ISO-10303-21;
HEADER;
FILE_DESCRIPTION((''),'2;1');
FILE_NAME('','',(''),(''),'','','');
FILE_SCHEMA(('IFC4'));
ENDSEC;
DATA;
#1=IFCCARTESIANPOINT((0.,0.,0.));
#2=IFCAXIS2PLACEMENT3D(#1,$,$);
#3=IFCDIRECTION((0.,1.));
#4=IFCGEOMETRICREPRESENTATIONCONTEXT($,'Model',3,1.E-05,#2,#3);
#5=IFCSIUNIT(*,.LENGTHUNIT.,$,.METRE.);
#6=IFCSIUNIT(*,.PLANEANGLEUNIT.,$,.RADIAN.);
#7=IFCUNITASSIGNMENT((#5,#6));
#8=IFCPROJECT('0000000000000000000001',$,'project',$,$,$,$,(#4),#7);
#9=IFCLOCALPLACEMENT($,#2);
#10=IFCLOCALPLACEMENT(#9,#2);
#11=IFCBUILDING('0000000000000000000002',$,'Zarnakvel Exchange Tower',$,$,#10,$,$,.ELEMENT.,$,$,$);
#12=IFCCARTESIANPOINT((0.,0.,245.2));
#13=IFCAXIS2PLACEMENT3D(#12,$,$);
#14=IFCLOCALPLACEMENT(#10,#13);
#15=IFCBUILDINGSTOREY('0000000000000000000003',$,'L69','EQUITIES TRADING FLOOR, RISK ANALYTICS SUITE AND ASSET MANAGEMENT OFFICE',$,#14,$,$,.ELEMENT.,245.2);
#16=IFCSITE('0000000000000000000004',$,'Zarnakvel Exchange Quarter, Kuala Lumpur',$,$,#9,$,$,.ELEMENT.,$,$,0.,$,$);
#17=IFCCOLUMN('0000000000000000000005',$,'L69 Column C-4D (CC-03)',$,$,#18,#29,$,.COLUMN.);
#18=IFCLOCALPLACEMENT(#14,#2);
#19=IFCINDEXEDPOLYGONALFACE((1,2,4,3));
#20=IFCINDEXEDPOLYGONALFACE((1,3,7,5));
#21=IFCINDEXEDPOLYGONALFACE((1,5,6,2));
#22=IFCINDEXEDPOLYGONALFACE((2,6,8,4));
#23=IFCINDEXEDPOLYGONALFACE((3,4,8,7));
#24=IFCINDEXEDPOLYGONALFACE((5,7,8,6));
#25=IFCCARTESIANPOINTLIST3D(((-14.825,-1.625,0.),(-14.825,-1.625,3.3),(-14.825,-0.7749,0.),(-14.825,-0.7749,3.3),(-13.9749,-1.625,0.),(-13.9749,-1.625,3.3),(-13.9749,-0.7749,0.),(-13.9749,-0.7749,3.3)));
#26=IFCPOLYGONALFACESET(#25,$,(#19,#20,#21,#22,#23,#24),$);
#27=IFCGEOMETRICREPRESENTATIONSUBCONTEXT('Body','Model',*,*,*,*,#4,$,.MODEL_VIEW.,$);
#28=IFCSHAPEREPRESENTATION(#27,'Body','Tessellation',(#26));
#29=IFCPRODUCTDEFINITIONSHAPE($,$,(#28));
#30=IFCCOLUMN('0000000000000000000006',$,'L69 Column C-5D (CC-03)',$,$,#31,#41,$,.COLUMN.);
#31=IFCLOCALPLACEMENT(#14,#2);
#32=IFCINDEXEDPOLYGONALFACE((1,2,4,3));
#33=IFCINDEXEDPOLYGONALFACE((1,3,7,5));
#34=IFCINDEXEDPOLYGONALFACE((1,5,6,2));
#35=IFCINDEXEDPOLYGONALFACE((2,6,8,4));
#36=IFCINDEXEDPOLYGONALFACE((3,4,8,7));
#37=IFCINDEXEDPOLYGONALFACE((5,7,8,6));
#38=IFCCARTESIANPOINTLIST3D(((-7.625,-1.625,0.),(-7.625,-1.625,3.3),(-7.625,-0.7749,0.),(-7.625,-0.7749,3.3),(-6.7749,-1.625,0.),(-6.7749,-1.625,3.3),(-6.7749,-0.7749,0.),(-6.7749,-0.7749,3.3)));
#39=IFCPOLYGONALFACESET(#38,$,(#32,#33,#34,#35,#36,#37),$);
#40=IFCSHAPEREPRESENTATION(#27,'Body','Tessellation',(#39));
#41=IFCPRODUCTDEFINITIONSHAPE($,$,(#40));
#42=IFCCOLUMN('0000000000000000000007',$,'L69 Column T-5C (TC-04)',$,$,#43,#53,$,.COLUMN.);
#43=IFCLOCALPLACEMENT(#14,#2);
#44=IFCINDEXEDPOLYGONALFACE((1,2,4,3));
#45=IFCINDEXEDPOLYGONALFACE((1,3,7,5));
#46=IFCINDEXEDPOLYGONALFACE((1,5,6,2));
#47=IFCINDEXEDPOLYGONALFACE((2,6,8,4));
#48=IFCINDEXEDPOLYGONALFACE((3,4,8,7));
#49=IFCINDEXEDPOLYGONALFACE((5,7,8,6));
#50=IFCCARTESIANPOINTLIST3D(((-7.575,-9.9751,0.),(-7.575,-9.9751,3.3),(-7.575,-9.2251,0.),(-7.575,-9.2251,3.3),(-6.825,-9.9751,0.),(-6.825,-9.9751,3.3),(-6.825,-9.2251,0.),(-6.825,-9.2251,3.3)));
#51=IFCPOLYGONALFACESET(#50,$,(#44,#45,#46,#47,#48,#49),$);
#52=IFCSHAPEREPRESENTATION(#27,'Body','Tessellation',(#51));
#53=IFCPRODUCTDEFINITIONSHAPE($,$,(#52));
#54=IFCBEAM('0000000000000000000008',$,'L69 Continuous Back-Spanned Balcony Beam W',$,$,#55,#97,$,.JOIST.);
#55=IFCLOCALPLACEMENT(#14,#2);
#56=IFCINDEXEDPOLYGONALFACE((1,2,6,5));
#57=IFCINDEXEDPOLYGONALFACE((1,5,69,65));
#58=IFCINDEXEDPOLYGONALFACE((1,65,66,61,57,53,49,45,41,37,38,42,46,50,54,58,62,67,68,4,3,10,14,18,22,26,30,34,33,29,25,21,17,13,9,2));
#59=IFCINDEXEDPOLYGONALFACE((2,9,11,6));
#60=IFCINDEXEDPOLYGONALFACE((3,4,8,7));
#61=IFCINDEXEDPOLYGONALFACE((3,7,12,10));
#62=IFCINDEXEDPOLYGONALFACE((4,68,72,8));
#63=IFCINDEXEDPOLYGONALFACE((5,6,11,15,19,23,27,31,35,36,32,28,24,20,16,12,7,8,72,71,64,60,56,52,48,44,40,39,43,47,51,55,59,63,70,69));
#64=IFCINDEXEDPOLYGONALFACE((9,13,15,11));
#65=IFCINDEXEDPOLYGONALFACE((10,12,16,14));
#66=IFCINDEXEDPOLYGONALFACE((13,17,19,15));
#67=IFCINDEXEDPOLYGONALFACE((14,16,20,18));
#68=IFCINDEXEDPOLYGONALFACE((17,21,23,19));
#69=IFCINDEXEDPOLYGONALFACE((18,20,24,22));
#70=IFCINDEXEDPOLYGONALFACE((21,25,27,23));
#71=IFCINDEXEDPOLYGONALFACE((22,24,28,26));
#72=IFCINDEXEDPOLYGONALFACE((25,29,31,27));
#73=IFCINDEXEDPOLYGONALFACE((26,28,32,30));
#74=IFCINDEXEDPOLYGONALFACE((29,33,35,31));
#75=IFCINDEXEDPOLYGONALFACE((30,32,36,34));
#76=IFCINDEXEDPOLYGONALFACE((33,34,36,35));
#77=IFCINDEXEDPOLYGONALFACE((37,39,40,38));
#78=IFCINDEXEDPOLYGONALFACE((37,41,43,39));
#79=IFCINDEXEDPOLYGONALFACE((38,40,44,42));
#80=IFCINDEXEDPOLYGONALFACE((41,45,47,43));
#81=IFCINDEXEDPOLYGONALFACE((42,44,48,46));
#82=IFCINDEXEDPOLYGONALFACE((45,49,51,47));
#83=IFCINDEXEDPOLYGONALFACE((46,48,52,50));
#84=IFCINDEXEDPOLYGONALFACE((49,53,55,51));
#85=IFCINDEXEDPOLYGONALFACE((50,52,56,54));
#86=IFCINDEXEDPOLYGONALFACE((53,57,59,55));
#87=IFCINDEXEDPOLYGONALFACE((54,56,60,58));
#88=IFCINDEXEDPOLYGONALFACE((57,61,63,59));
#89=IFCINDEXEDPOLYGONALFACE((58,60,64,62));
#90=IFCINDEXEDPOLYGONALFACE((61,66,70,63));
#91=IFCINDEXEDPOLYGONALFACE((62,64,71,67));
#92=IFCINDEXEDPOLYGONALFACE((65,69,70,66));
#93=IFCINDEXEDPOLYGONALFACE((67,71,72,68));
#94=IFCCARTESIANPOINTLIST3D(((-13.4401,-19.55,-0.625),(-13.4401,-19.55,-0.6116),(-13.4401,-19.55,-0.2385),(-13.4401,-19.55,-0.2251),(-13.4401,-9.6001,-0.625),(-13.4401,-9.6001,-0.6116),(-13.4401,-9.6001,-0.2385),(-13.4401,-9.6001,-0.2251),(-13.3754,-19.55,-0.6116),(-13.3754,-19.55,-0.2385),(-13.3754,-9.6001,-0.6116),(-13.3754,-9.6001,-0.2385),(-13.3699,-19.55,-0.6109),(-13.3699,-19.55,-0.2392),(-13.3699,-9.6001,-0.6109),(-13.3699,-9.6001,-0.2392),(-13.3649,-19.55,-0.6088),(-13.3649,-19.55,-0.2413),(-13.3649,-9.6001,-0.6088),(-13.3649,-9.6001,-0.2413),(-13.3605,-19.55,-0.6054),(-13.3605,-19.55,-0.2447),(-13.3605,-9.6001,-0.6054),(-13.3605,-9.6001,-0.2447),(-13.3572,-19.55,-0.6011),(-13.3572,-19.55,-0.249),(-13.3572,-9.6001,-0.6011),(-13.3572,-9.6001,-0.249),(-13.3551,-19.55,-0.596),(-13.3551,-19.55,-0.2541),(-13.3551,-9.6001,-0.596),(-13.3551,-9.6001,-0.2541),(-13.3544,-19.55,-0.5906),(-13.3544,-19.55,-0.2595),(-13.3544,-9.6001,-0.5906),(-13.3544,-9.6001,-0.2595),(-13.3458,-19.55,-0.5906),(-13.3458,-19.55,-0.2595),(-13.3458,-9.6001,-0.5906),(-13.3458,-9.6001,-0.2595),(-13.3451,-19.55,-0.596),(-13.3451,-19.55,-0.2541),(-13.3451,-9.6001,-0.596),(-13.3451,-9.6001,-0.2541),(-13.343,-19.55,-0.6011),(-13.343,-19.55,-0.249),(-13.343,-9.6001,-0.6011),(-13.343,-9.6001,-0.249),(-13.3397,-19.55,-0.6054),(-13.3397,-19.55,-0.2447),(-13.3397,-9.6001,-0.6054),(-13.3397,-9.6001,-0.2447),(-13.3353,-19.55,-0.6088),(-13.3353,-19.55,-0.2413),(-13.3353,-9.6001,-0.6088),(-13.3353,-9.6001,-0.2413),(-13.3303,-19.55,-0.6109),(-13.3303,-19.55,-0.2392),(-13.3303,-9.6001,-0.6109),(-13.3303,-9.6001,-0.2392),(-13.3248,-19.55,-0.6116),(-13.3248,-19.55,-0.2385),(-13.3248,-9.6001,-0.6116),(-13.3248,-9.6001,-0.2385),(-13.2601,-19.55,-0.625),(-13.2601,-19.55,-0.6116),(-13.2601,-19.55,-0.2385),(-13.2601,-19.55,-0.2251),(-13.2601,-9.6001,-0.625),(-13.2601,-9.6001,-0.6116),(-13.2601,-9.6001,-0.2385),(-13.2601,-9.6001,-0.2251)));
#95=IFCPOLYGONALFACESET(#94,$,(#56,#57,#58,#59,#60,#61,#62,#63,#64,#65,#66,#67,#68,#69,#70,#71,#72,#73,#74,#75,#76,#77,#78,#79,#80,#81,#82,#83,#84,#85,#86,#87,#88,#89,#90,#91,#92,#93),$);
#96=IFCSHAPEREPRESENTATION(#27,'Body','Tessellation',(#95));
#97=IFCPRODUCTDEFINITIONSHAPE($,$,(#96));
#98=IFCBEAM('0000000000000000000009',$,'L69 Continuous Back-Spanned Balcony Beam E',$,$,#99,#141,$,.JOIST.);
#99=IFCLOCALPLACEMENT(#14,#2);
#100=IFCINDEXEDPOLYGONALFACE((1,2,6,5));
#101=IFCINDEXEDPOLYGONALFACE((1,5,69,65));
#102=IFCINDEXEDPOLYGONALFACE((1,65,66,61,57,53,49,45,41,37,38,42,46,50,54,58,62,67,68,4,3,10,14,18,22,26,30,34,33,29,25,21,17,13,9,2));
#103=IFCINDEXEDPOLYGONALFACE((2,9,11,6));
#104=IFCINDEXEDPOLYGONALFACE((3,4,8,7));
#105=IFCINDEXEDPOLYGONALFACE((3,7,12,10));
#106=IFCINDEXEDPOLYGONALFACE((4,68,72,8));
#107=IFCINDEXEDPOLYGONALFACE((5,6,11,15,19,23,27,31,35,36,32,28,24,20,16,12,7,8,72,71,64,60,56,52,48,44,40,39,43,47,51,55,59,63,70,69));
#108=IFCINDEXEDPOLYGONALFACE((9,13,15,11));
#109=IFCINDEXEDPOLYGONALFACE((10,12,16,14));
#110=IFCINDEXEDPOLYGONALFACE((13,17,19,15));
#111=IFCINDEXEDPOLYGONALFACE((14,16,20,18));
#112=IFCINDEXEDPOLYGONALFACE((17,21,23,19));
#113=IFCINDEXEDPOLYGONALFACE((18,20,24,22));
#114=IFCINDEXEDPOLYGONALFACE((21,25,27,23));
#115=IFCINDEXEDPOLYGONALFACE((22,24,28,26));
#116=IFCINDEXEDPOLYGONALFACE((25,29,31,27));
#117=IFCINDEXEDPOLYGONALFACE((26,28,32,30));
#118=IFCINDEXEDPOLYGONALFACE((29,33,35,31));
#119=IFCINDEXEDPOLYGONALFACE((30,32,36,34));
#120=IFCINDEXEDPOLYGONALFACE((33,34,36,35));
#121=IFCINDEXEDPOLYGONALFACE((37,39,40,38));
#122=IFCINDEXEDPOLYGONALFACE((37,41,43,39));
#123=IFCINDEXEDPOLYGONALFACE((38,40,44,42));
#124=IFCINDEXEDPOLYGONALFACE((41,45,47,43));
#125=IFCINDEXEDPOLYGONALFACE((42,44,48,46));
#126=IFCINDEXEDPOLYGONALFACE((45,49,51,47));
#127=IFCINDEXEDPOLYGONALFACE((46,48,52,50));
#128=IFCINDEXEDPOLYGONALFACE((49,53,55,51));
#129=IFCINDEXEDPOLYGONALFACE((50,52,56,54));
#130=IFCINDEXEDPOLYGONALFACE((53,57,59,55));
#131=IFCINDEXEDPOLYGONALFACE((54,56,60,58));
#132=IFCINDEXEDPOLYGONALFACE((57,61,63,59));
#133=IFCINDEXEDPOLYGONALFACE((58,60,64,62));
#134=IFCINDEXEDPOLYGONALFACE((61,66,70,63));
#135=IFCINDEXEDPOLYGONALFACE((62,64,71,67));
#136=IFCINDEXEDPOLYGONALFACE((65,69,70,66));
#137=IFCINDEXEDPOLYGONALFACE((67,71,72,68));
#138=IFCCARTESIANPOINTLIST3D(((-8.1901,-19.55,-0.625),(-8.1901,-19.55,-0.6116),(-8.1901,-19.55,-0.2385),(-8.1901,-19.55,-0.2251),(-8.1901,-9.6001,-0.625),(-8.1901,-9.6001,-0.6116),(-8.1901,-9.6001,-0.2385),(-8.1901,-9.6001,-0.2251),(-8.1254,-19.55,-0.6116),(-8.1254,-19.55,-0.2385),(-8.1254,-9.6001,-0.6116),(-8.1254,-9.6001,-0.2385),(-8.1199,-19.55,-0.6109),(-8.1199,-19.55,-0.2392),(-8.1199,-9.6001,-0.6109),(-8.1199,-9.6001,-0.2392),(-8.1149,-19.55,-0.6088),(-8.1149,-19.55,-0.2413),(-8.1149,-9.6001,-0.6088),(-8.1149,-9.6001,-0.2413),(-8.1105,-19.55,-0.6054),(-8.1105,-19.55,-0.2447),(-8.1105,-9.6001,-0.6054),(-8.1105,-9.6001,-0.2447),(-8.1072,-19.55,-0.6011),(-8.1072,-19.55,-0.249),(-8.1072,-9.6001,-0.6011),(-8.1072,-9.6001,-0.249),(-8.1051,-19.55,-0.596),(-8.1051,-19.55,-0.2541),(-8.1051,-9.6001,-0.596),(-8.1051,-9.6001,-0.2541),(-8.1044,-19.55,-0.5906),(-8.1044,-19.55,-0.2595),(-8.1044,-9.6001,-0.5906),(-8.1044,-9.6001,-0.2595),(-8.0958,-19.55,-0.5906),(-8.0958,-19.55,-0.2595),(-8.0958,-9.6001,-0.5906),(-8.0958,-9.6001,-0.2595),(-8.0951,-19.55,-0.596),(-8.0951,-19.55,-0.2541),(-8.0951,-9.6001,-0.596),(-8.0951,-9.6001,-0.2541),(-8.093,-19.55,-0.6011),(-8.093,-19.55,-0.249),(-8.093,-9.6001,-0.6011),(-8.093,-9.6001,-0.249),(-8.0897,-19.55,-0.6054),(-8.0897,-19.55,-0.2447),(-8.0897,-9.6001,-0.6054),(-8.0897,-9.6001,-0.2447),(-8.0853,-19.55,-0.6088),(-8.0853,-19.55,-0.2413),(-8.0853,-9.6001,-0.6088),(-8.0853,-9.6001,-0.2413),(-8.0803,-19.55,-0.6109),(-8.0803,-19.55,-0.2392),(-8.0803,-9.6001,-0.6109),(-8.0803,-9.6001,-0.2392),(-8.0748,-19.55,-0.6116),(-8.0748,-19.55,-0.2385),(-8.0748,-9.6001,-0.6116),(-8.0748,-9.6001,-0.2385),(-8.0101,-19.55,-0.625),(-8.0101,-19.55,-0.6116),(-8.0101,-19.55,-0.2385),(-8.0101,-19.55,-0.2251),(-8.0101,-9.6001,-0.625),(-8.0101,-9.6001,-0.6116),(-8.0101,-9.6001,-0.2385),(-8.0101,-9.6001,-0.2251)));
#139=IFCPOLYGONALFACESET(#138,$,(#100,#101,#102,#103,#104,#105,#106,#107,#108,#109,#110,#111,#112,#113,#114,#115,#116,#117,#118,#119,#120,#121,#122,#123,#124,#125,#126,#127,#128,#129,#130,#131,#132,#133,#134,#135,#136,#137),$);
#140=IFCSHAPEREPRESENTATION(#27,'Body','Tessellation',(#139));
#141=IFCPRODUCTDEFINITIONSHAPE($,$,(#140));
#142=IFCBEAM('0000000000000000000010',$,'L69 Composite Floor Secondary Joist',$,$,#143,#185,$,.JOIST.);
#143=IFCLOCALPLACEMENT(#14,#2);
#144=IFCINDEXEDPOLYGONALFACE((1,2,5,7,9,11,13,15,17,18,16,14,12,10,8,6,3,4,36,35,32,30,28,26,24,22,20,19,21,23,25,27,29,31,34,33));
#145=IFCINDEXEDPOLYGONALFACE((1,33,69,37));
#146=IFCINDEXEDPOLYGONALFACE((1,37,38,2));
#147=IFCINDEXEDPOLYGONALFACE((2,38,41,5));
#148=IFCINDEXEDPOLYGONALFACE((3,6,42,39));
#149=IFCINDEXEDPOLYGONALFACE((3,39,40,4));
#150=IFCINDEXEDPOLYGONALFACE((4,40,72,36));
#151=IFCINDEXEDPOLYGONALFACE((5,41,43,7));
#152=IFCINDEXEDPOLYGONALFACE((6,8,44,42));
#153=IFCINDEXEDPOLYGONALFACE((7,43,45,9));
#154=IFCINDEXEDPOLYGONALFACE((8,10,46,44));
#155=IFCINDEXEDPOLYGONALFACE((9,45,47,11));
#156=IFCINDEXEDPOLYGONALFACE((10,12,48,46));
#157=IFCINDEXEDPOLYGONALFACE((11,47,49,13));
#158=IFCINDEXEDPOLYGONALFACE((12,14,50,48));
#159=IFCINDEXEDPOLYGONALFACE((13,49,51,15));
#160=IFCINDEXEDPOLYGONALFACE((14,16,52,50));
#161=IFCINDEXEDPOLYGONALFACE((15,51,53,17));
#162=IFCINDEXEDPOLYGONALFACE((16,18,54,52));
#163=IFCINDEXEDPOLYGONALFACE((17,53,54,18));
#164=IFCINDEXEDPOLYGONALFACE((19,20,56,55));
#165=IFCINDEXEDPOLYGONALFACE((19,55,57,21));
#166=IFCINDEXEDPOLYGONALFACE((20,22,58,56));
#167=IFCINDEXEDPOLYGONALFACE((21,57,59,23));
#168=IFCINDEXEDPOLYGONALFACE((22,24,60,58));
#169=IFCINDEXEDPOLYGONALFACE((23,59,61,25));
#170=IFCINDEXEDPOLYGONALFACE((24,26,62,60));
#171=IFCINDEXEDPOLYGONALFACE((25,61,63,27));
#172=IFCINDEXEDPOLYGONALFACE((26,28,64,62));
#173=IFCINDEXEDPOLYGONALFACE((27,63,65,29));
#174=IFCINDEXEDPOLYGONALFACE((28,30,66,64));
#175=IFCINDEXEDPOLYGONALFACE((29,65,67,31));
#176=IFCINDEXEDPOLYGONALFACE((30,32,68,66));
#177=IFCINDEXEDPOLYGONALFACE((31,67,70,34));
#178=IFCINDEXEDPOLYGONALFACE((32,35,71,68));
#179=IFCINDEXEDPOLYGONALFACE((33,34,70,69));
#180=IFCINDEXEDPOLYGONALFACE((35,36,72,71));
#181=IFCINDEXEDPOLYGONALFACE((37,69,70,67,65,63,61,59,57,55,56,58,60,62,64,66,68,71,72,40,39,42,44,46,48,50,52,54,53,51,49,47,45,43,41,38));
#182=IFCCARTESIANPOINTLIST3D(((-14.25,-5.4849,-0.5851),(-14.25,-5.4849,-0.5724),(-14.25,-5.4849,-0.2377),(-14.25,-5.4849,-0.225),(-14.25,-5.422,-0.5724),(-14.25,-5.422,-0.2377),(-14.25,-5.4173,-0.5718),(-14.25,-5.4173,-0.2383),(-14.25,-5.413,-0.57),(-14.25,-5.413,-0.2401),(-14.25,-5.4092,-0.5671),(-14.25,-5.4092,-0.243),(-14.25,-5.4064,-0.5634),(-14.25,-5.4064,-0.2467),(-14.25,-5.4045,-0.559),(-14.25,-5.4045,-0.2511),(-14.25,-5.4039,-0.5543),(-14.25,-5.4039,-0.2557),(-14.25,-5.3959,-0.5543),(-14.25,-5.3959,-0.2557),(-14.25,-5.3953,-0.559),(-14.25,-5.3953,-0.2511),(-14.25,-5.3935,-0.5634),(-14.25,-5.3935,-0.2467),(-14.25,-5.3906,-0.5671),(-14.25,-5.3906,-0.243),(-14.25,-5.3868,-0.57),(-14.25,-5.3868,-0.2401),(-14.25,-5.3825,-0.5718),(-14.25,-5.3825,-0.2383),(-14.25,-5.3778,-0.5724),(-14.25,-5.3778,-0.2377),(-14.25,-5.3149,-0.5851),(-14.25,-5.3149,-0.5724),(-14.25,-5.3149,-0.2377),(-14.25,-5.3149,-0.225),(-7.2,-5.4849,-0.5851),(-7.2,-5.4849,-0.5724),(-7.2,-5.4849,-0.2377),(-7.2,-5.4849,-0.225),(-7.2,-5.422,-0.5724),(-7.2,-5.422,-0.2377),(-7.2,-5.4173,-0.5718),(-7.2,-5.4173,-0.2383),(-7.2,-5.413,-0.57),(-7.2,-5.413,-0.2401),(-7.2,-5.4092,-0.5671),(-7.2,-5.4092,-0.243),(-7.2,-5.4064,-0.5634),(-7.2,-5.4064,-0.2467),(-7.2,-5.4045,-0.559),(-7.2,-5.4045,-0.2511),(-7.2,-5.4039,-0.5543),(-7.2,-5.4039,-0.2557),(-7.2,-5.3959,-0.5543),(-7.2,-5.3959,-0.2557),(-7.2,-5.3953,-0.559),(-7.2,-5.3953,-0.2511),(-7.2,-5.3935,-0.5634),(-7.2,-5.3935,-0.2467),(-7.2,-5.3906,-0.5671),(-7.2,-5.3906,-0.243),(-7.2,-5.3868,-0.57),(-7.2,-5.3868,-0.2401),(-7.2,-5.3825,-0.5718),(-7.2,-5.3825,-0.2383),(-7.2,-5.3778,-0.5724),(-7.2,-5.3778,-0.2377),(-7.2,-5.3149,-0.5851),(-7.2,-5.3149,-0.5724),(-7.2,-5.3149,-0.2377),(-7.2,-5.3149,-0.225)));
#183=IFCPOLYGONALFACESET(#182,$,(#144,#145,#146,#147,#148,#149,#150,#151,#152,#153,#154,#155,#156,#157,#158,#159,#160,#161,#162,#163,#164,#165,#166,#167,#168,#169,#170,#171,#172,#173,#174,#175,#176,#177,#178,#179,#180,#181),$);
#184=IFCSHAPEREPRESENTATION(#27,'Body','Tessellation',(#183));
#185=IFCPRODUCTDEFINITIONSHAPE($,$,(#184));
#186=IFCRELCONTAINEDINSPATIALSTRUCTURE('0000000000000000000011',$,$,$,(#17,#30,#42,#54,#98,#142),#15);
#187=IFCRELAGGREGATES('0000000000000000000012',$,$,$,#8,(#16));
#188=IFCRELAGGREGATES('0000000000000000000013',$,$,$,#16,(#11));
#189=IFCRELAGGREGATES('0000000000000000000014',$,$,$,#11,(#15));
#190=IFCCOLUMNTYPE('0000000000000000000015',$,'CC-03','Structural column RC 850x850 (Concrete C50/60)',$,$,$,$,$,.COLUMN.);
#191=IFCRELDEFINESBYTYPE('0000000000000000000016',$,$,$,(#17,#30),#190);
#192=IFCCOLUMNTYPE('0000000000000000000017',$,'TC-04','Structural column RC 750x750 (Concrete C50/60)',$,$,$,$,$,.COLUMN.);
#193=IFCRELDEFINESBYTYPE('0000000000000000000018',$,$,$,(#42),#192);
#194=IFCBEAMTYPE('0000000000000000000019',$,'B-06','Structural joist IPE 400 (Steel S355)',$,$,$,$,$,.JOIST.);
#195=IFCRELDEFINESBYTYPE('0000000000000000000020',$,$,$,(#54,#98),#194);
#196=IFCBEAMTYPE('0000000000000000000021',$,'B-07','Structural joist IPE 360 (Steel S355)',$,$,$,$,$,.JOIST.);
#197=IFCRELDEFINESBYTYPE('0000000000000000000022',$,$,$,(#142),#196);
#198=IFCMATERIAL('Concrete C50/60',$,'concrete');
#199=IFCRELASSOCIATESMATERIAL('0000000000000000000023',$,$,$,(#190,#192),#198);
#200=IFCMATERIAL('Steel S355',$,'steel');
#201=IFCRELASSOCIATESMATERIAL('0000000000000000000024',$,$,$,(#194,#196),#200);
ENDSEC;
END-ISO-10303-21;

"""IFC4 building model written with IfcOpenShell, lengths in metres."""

from ifc_helpers import new_model, si_unit, direction, frame, origin, origin_2d, place, context, subcontext, project, spatial, rectangle, i_section, extrude, material, material_profile, profile_set, type_object, element, save


model = new_model("IFC4")

# Units and contexts
model_context = context("Model", 3, precision=1e-05, world=origin(), true_north=direction((0.0, 1.0)))
body_context = subcontext(model_context, "Body", "Model", "MODEL_VIEW")
ifc_project = project(units=[si_unit("LENGTHUNIT", "METRE"), si_unit("PLANEANGLEUNIT", "RADIAN")], contexts=[model_context])

# Site, building, storey
site_placement = place(None, origin())
site = spatial("IfcSite", under=ifc_project, at=site_placement, Name="Zarnakvel Exchange Quarter, Kuala Lumpur", CompositionType="ELEMENT", RefElevation=0.0)
building_placement = place(site_placement, origin())
building = spatial("IfcBuilding", under=site, at=building_placement, Name="Zarnakvel Exchange Tower", CompositionType="ELEMENT")
storey_placement = place(building_placement, frame((0.0, 0.0, 245.2)))
storey = spatial("IfcBuildingStorey", under=building, at=storey_placement, Name="L69", Description="EQUITIES TRADING FLOOR, RISK ANALYTICS SUITE AND ASSET MANAGEMENT OFFICE", CompositionType="ELEMENT", Elevation=245.2)

# Columns
ifc_material_1 = material(Name="Concrete C50/60", Category="concrete")
ifc_material_profile_1 = material_profile(ifc_material_1, rectangle(XDim=0.8501, YDim=0.8501, at=origin_2d()))
ifc_profile_set_1 = profile_set([ifc_material_profile_1], Name="Concrete C50/60")
column_type_1 = type_object("IfcColumnType", Name="CC-03", Description="Structural column RC 850x850 (Concrete C50/60)", PredefinedType="COLUMN", material=ifc_profile_set_1)
for number, where, z_axis, x_axis, name in (
    (1, (-14.3999, -1.2, 0.0), (0.0, 0.0, 1.0), (1.0, 0.0, 0.0), "L69 Column C-4D (CC-03)"),
    (2, (-7.2, -1.2, 0.0), (0.0, 0.0, 1.0), (1.0, 0.0, 0.0), "L69 Column C-5D (CC-03)"),
):
    element("IfcColumn", number, at=place(storey_placement, frame(where, z_axis=z_axis, x_axis=x_axis)), inside=storey, type_object=column_type_1, Name=name, PredefinedType="COLUMN", context=body_context, shape_type="SweptSolid", body=[
        extrude(rectangle(XDim=0.8501, YDim=0.8501, at=origin_2d()), origin(), (0.0, 0.0, 1.0), 3.3),
    ])
ifc_material_profile_2 = material_profile(ifc_material_1, rectangle(XDim=0.75, YDim=0.75, at=origin_2d()))
ifc_profile_set_2 = profile_set([ifc_material_profile_2], Name="Concrete C50/60")
column_type_2 = type_object("IfcColumnType", Name="TC-04", Description="Structural column RC 750x750 (Concrete C50/60)", PredefinedType="COLUMN", material=ifc_profile_set_2)
column_placement = place(storey_placement, frame((-7.2, -9.6001, 0.0), z_axis=(0.0, 0.0, 1.0), x_axis=(1.0, 0.0, 0.0)))
element("IfcColumn", 3, at=column_placement, inside=storey, type_object=column_type_2, Name="L69 Column T-5C (TC-04)", PredefinedType="COLUMN", context=body_context, shape_type="SweptSolid", body=[
    extrude(rectangle(XDim=0.75, YDim=0.75, at=origin_2d()), origin(), (0.0, 0.0, 1.0), 3.3),
])

# Beams
ifc_material_2 = material(Name="Steel S355", Category="steel")
ifc_material_profile_3 = material_profile(ifc_material_2, i_section(OverallWidth=0.1799, OverallDepth=0.3999, WebThickness=0.0085, FlangeThickness=0.0134, FilletRadius=0.021, at=origin_2d()))
ifc_profile_set_3 = profile_set([ifc_material_profile_3], Name="Steel S355")
beam_type_1 = type_object("IfcBeamType", Name="B-06", Description="Structural joist IPE 400 (Steel S355)", PredefinedType="JOIST", material=ifc_profile_set_3)
for number, where, z_axis, x_axis, name in (
    (4, (-13.3501, -9.6001, -0.425), (0.0, -1.0, 0.0), (1.0, 0.0, 0.0), "L69 Continuous Back-Spanned Balcony Beam W"),
    (5, (-8.1001, -9.6001, -0.425), (0.0, -1.0, 0.0), (1.0, 0.0, 0.0), "L69 Continuous Back-Spanned Balcony Beam E"),
):
    element("IfcBeam", number, at=place(storey_placement, frame(where, z_axis=z_axis, x_axis=x_axis)), inside=storey, type_object=beam_type_1, Name=name, PredefinedType="JOIST", context=body_context, shape_type="SweptSolid", body=[
        extrude(i_section(OverallWidth=0.1799, OverallDepth=0.3999, WebThickness=0.0085, FlangeThickness=0.0134, FilletRadius=0.021, at=origin_2d()), origin(), (0.0, 0.0, 1.0), 9.95),
    ])
ifc_material_profile_4 = material_profile(ifc_material_2, i_section(OverallWidth=0.1699, OverallDepth=0.3601, WebThickness=0.0081, FlangeThickness=0.0127, FilletRadius=0.0181, at=origin_2d()))
ifc_profile_set_4 = profile_set([ifc_material_profile_4], Name="Steel S355")
beam_type_2 = type_object("IfcBeamType", Name="B-07", Description="Structural joist IPE 360 (Steel S355)", PredefinedType="JOIST", material=ifc_profile_set_4)
beam_1_placement = place(storey_placement, frame((-14.25, -5.3999, -0.405), z_axis=(1.0, 0.0, 0.0), x_axis=(0.0, 1.0, 0.0)))
element("IfcBeam", 6, at=beam_1_placement, inside=storey, type_object=beam_type_2, Name="L69 Composite Floor Secondary Joist", PredefinedType="JOIST", context=body_context, shape_type="SweptSolid", body=[
    extrude(i_section(OverallWidth=0.1699, OverallDepth=0.3601, WebThickness=0.0081, FlangeThickness=0.0127, FilletRadius=0.0181, at=origin_2d()), origin(), (0.0, 0.0, 1.0), 7.05),
])

save(model, "model.ifc")
